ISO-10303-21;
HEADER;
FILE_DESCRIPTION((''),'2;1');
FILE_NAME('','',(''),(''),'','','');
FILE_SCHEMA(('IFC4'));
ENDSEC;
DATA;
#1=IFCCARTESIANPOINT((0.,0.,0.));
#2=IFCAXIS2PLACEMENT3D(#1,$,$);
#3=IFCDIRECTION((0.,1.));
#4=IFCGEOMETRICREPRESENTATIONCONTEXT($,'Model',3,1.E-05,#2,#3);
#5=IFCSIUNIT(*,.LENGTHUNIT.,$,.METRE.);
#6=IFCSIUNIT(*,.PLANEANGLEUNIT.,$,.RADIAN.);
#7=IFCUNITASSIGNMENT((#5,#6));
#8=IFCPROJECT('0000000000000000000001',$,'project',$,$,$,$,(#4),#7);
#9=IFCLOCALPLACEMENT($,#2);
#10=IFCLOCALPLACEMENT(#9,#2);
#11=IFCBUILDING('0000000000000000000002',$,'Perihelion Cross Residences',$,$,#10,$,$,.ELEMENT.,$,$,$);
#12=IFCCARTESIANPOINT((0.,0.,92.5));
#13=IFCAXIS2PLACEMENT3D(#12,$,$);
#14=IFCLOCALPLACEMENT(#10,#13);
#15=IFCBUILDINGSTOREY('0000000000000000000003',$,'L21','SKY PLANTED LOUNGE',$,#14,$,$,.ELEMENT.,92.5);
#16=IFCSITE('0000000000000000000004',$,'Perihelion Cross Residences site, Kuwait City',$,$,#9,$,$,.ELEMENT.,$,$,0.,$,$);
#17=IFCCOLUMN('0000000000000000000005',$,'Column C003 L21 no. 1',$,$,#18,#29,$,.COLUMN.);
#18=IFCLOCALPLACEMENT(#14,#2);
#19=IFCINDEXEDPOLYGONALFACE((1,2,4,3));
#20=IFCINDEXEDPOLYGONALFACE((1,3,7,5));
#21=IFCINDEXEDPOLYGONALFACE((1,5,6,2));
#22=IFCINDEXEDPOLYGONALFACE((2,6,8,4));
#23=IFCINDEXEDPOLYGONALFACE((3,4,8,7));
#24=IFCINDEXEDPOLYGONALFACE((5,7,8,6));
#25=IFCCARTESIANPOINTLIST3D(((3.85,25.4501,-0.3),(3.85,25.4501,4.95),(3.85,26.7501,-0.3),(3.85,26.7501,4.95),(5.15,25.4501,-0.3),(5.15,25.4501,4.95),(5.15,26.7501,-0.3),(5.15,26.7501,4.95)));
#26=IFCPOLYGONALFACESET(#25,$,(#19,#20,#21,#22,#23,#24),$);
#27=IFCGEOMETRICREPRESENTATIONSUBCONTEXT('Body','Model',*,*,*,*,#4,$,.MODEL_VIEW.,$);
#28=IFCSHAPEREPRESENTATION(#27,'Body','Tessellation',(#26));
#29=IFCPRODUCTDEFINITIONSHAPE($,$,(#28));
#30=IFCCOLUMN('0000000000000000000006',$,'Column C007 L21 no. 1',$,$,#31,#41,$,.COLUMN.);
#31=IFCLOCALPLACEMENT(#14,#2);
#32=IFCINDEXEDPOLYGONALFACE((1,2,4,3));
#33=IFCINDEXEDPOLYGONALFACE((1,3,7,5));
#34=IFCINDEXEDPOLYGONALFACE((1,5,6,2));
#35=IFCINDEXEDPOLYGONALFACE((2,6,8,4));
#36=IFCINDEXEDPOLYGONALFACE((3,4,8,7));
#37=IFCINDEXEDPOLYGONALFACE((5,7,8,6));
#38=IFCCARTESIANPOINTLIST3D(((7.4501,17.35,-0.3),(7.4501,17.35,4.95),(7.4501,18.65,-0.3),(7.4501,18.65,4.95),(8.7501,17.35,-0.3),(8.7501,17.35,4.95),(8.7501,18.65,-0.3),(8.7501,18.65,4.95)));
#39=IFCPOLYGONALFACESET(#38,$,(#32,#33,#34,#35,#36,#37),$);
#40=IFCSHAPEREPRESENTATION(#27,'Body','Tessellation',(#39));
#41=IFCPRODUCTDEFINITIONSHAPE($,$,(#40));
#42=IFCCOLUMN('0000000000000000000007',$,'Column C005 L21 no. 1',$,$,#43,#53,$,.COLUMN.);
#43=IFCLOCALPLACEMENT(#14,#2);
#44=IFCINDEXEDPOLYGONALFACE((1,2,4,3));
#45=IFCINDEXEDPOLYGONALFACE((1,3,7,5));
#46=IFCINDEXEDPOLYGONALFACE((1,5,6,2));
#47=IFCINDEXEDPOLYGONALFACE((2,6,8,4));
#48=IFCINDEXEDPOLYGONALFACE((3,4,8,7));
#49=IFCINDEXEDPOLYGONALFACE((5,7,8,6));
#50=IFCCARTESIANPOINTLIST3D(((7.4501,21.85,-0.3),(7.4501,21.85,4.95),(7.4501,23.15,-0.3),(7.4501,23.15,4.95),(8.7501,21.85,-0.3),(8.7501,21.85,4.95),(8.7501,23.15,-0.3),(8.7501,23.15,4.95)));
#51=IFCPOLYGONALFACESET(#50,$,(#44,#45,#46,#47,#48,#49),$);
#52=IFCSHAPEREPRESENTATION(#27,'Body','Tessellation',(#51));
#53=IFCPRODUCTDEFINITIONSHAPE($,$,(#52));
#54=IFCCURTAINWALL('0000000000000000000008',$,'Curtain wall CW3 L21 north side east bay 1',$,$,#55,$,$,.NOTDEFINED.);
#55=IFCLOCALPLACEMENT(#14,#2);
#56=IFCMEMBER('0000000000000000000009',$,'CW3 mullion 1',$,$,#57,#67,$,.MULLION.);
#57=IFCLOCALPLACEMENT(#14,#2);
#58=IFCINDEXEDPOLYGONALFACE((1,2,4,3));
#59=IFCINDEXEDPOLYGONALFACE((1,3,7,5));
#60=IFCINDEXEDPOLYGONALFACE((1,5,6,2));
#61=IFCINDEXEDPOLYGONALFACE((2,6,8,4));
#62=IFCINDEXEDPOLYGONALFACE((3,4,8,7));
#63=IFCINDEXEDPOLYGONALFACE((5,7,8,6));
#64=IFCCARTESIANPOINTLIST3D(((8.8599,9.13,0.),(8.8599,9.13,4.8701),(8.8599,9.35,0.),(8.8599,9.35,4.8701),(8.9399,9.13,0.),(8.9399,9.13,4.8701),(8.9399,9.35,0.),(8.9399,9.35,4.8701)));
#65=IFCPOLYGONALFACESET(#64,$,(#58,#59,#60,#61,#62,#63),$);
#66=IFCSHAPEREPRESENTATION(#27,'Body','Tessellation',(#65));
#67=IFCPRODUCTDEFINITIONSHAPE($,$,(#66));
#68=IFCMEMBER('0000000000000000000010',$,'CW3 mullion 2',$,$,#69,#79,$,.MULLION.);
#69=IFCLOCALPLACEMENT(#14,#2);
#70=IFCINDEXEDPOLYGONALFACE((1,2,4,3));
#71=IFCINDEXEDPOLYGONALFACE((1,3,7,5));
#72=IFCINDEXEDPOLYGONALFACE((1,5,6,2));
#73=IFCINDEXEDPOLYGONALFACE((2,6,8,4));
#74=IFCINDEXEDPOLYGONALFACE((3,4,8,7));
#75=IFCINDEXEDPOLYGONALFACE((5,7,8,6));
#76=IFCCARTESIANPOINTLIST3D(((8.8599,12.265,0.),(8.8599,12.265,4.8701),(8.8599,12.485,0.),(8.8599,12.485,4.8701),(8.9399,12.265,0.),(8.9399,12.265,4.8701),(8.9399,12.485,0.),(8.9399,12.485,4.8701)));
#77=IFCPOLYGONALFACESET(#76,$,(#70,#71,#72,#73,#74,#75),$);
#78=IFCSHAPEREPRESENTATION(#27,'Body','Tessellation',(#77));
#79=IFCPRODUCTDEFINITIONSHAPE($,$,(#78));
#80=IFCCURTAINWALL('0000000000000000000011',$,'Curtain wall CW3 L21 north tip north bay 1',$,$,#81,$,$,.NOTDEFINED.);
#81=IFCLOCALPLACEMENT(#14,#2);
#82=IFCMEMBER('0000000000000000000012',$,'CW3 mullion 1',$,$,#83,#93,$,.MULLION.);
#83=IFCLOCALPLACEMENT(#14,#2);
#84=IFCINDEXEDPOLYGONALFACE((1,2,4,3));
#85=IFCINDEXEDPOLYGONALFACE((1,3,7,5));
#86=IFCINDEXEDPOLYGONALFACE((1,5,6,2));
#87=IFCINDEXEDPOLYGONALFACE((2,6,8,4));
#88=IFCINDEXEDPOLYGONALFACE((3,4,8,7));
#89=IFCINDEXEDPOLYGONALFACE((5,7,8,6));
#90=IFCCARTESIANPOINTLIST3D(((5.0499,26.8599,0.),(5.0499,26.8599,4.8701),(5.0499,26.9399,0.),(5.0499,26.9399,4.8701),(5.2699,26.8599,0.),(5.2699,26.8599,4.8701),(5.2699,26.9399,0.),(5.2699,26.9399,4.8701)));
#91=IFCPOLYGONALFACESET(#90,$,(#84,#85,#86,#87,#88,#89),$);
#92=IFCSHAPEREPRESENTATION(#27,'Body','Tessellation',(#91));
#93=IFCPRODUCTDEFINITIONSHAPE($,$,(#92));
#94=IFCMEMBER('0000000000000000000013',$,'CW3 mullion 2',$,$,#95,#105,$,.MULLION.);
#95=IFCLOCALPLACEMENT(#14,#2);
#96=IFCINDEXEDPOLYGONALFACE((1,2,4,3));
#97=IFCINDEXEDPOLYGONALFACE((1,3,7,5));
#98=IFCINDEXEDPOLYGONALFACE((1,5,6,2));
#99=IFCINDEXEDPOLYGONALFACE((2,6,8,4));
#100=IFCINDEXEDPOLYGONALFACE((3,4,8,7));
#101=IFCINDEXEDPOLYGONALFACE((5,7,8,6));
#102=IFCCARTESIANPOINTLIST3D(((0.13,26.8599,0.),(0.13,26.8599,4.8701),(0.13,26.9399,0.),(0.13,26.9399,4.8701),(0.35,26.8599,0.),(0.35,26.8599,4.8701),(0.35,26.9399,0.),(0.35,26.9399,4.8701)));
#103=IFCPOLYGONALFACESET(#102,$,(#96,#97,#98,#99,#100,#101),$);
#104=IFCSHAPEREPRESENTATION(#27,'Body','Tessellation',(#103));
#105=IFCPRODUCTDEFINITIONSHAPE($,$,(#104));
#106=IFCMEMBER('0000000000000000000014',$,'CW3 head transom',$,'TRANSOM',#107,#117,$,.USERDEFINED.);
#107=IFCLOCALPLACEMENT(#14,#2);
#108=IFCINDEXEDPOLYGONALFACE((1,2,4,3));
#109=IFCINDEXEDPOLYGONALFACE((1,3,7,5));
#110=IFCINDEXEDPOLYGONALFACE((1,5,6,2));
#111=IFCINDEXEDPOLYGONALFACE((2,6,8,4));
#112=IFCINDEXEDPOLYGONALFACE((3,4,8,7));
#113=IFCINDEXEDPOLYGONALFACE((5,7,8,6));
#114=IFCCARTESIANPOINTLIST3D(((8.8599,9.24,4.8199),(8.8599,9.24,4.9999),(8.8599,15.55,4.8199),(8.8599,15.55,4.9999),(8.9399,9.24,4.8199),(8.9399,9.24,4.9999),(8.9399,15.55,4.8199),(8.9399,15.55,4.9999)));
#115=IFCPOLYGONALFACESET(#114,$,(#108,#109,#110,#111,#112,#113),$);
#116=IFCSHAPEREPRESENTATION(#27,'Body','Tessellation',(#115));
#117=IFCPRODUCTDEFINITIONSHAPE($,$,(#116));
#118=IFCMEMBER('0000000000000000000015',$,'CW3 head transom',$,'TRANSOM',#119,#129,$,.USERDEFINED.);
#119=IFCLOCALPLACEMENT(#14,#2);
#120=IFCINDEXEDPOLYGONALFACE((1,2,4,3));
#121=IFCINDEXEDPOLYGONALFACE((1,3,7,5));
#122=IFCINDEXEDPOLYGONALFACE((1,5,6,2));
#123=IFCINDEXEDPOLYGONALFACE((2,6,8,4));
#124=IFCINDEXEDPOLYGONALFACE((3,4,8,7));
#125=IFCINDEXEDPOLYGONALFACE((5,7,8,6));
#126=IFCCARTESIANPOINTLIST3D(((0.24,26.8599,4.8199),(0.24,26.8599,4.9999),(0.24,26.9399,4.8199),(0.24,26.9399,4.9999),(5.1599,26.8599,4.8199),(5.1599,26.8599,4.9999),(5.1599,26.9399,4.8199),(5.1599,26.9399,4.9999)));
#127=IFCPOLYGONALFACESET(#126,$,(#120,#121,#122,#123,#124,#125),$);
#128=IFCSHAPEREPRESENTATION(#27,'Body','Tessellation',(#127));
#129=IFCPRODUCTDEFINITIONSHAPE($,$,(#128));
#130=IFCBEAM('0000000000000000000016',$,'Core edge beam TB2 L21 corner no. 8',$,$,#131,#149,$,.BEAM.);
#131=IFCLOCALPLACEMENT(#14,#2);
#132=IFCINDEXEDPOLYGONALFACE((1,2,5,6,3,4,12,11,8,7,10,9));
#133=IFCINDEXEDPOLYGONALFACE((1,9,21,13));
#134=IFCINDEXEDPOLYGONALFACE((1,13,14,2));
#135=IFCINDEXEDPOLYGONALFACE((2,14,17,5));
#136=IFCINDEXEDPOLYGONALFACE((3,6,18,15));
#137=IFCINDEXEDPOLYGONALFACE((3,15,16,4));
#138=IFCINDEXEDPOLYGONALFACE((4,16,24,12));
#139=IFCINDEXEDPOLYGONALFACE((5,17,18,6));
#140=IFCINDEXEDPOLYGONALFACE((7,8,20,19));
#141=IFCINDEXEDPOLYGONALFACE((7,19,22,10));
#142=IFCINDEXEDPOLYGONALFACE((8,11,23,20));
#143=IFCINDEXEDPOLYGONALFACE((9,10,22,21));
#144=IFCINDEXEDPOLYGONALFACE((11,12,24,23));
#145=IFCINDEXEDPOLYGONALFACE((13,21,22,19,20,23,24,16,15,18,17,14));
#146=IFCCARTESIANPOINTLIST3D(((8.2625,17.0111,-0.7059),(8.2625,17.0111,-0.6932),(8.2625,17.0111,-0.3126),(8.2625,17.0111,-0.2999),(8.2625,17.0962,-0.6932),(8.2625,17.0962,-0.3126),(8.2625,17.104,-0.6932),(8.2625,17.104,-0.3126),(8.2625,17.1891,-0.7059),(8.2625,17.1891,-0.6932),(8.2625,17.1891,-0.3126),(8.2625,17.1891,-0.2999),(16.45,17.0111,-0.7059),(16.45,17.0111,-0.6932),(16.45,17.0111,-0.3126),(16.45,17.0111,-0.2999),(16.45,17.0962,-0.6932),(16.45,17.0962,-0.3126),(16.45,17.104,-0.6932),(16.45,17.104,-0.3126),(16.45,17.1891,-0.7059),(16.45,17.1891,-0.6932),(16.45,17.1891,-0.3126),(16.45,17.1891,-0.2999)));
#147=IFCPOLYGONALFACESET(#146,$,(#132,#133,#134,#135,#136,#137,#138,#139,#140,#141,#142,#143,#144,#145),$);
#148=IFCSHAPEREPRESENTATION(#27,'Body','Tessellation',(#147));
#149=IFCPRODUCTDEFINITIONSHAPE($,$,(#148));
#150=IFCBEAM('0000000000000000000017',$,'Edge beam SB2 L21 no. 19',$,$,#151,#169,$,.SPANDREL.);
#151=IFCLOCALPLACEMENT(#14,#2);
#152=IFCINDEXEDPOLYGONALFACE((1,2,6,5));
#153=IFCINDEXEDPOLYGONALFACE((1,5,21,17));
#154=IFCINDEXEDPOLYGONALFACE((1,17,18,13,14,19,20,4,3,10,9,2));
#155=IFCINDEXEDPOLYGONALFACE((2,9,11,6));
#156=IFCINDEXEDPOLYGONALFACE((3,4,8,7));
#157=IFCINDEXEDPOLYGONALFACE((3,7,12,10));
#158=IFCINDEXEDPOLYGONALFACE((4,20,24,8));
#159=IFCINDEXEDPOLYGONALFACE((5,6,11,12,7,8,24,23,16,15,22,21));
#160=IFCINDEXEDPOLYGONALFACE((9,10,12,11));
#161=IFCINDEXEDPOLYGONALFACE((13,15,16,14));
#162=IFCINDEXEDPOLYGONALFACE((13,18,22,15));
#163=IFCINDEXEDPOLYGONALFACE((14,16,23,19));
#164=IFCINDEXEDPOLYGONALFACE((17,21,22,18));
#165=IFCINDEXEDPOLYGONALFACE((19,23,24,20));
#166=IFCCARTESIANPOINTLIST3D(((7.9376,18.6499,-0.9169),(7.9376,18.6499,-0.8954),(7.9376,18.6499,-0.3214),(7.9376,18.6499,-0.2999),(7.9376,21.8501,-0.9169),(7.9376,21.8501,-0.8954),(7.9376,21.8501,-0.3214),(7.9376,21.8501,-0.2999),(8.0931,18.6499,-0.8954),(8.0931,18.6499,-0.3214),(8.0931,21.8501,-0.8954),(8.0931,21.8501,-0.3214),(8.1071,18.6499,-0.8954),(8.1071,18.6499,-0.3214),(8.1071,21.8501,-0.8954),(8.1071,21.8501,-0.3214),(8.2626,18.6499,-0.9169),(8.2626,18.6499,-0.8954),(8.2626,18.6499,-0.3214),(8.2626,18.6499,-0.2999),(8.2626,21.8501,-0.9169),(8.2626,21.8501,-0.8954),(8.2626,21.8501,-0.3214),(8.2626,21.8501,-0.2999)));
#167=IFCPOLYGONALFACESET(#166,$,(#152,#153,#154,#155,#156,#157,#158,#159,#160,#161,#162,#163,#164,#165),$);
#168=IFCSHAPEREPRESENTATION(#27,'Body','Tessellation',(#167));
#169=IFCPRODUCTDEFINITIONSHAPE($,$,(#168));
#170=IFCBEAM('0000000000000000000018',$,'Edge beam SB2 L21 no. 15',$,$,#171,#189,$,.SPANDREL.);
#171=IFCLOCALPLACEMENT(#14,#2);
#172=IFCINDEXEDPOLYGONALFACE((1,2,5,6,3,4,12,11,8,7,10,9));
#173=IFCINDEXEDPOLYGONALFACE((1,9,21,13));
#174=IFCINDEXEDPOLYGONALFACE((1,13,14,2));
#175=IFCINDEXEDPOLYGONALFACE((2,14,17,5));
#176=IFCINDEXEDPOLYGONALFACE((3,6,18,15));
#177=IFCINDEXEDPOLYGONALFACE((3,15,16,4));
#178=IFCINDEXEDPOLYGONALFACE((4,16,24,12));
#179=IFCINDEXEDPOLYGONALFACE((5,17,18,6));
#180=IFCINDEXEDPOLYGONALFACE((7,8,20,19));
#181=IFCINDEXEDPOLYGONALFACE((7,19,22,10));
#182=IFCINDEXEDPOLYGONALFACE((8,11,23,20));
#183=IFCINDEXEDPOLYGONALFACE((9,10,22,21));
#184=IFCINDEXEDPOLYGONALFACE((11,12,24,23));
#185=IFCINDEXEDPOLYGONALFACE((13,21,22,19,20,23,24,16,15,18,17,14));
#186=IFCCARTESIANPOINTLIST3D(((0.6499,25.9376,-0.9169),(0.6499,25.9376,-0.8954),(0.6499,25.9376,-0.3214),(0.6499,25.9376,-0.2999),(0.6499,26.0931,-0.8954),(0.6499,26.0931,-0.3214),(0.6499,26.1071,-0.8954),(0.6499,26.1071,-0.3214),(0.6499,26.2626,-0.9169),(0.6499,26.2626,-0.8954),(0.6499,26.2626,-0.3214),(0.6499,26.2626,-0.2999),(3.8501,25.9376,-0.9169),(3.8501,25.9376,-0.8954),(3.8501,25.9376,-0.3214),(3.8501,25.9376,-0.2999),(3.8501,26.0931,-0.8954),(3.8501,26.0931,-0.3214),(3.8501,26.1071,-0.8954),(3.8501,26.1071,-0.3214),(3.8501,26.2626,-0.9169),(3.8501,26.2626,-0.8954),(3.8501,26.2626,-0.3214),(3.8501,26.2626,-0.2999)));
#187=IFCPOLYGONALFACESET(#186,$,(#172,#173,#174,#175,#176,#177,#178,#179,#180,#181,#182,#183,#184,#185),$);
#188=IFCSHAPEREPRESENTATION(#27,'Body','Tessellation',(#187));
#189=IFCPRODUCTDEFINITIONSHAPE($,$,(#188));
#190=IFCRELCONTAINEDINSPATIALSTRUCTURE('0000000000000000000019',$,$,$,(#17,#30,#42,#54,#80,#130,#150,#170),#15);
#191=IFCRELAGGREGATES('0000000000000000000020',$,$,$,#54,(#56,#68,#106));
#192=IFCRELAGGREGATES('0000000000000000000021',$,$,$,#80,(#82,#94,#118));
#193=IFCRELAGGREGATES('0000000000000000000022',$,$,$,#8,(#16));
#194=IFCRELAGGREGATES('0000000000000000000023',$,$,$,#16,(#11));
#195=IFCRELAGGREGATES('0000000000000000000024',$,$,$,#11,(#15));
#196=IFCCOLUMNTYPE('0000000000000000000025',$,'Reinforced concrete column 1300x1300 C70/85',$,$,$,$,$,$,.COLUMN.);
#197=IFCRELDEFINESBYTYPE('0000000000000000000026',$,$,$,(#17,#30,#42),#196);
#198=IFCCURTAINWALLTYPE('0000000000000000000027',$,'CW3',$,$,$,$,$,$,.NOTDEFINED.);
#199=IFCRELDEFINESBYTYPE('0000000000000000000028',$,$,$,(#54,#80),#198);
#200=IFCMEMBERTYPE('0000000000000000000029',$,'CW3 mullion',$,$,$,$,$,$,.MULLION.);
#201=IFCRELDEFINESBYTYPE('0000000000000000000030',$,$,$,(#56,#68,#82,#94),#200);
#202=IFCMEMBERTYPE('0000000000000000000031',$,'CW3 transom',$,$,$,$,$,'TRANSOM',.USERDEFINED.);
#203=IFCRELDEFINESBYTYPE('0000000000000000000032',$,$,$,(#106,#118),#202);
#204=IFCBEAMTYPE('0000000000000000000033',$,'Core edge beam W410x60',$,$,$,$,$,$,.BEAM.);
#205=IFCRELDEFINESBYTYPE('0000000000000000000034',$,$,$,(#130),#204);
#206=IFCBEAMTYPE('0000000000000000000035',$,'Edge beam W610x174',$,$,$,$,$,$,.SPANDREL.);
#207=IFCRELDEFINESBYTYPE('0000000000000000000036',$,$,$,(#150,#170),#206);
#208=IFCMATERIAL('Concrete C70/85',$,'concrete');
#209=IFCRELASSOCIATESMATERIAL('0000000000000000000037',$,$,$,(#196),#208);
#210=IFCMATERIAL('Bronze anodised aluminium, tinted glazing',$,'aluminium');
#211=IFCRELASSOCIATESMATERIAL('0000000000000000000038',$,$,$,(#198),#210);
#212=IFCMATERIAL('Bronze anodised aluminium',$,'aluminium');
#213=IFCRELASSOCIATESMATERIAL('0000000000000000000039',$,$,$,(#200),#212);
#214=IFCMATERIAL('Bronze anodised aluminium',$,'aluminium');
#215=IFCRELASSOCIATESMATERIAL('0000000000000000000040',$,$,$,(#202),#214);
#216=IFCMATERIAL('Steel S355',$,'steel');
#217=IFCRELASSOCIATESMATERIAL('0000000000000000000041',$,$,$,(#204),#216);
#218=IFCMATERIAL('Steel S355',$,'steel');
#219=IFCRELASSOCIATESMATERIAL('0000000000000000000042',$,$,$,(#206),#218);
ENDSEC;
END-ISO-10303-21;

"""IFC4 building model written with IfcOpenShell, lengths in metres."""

from ifc_helpers import new_model, si_unit, direction, frame, origin, origin_2d, place, context, subcontext, project, spatial, rectangle, i_section, extrude, material, material_profile, profile_set, type_object, element, aggregate, save


model = new_model("IFC4")

# Units and contexts
model_context = context("Model", 3, precision=1e-05, world=origin(), true_north=direction((0.0, 1.0)))
body_context = subcontext(model_context, "Body", "Model", "MODEL_VIEW")
ifc_project = project(units=[si_unit("LENGTHUNIT", "METRE"), si_unit("PLANEANGLEUNIT", "RADIAN")], contexts=[model_context])

# Site, building, storey
site_placement = place(None, origin())
site = spatial("IfcSite", under=ifc_project, at=site_placement, Name="Perihelion Cross Residences site, Kuwait City", CompositionType="ELEMENT", RefElevation=0.0)
building_placement = place(site_placement, origin())
building = spatial("IfcBuilding", under=site, at=building_placement, Name="Perihelion Cross Residences", CompositionType="ELEMENT")
storey_placement = place(building_placement, frame((0.0, 0.0, 92.5)))
storey = spatial("IfcBuildingStorey", under=building, at=storey_placement, Name="L21", Description="SKY PLANTED LOUNGE", CompositionType="ELEMENT", Elevation=92.5)

# Columns
ifc_material_1 = material(Name="Concrete C70/85", Category="concrete")
ifc_material_profile_1 = material_profile(ifc_material_1, rectangle(XDim=1.3, YDim=1.3, at=origin_2d()), Name="RC 1300x1300")
ifc_profile_set_1 = profile_set([ifc_material_profile_1], Name="Concrete C70/85")
column_type = type_object("IfcColumnType", Name="Reinforced concrete column 1300x1300 C70/85", PredefinedType="COLUMN", material=ifc_profile_set_1)
for number, where, z_axis, x_axis, name in (
    (1, (4.5, 26.1001, -0.3), (0.0, 0.0, 1.0), (1.0, 0.0, 0.0), "Column C003 L21 no. 1"),
    (2, (8.1001, 18.0, -0.3), (0.0, 0.0, 1.0), (1.0, 0.0, 0.0), "Column C007 L21 no. 1"),
    (3, (8.1001, 22.5, -0.3), (0.0, 0.0, 1.0), (1.0, 0.0, 0.0), "Column C005 L21 no. 1"),
):
    element("IfcColumn", number, at=place(storey_placement, frame(where, z_axis=z_axis, x_axis=x_axis)), inside=storey, type_object=column_type, Name=name, PredefinedType="COLUMN", context=body_context, shape_type="SweptSolid", body=[
        extrude(rectangle(XDim=1.3, YDim=1.3, at=origin_2d()), origin(), (0.0, 0.0, 1.0), 5.25),
    ])

# Curtain walls, members
ifc_material_2 = material(Name="Bronze anodised aluminium, tinted glazing", Category="aluminium")
curtain_wall_type = type_object("IfcCurtainWallType", Name="CW3", PredefinedType="NOTDEFINED", material=ifc_material_2)
curtain_wall_1_placement = place(storey_placement, origin())
curtain_wall_1 = element("IfcCurtainWall", 4, at=curtain_wall_1_placement, inside=storey, type_object=curtain_wall_type, Name="Curtain wall CW3 L21 north side east bay 1", PredefinedType="NOTDEFINED")
ifc_material_3 = material(Name="Bronze anodised aluminium", Category="aluminium")
ifc_material_profile_2 = material_profile(ifc_material_3, rectangle(XDim=0.0801, YDim=0.22, at=origin_2d()), Name="CW3 mullion")
ifc_profile_set_2 = profile_set([ifc_material_profile_2], Name="Bronze anodised aluminium")
member_type_1 = type_object("IfcMemberType", Name="CW3 mullion", PredefinedType="MULLION", material=ifc_profile_set_2)
member_1_placement = place(storey_placement, frame((8.8999, 9.24, 0.0), z_axis=(0.0, 0.0, 1.0), x_axis=(-1.0, 0.0, 0.0)))
member_1 = element("IfcMember", 5, at=member_1_placement, type_object=member_type_1, Name="CW3 mullion 1", PredefinedType="MULLION", context=body_context, shape_type="SweptSolid", body=[
    extrude(rectangle(XDim=0.0801, YDim=0.22, at=origin_2d()), origin(), (0.0, 0.0, 1.0), 4.8701),
])
member_2_placement = place(storey_placement, frame((8.8999, 12.375, 0.0), z_axis=(0.0, 0.0, 1.0), x_axis=(-1.0, 0.0, 0.0)))
member_2 = element("IfcMember", 6, at=member_2_placement, type_object=member_type_1, Name="CW3 mullion 2", PredefinedType="MULLION", context=body_context, shape_type="SweptSolid", body=[
    extrude(rectangle(XDim=0.0801, YDim=0.22, at=origin_2d()), origin(), (0.0, 0.0, 1.0), 4.8701),
])
curtain_wall_2_placement = place(storey_placement, origin())
curtain_wall_2 = element("IfcCurtainWall", 7, at=curtain_wall_2_placement, inside=storey, type_object=curtain_wall_type, Name="Curtain wall CW3 L21 north tip north bay 1", PredefinedType="NOTDEFINED")
member_3_placement = place(storey_placement, frame((5.1599, 26.8999, 0.0), z_axis=(0.0, 0.0, 1.0), x_axis=(0.0, -1.0, 0.0)))
member_3 = element("IfcMember", 8, at=member_3_placement, type_object=member_type_1, Name="CW3 mullion 1", PredefinedType="MULLION", context=body_context, shape_type="SweptSolid", body=[
    extrude(rectangle(XDim=0.0801, YDim=0.22, at=origin_2d()), origin(), (0.0, 0.0, 1.0), 4.8701),
])
member_4_placement = place(storey_placement, frame((0.24, 26.8999, 0.0), z_axis=(0.0, 0.0, 1.0), x_axis=(0.0, -1.0, 0.0)))
member_4 = element("IfcMember", 9, at=member_4_placement, type_object=member_type_1, Name="CW3 mullion 2", PredefinedType="MULLION", context=body_context, shape_type="SweptSolid", body=[
    extrude(rectangle(XDim=0.0801, YDim=0.22, at=origin_2d()), origin(), (0.0, 0.0, 1.0), 4.8701),
])

# Members
ifc_material_4 = material(Name="Bronze anodised aluminium", Category="aluminium")
ifc_material_profile_3 = material_profile(ifc_material_4, rectangle(XDim=0.0801, YDim=0.1799, at=origin_2d()), Name="CW3 transom")
ifc_profile_set_3 = profile_set([ifc_material_profile_3], Name="Bronze anodised aluminium")
member_type_2 = type_object("IfcMemberType", Name="CW3 transom", ElementType="TRANSOM", PredefinedType="USERDEFINED", material=ifc_profile_set_3)
member_5_placement = place(storey_placement, frame((8.8999, 9.24, 4.9099), z_axis=(0.0, 1.0, 0.0), x_axis=(-1.0, 0.0, 0.0)))
member_5 = element("IfcMember", 10, at=member_5_placement, type_object=member_type_2, Name="CW3 head transom", ObjectType="TRANSOM", PredefinedType="USERDEFINED", context=body_context, shape_type="SweptSolid", body=[
    extrude(rectangle(XDim=0.0801, YDim=0.1799, at=origin_2d()), origin(), (0.0, 0.0, 1.0), 6.3101),
])
member_6_placement = place(storey_placement, frame((5.1599, 26.8999, 4.9099), z_axis=(-1.0, 0.0, 0.0), x_axis=(0.0, -1.0, 0.0)))
member_6 = element("IfcMember", 11, at=member_6_placement, type_object=member_type_2, Name="CW3 head transom", ObjectType="TRANSOM", PredefinedType="USERDEFINED", context=body_context, shape_type="SweptSolid", body=[
    extrude(rectangle(XDim=0.0801, YDim=0.1799, at=origin_2d()), origin(), (0.0, 0.0, 1.0), 4.9199),
])

# Beams
ifc_material_5 = material(Name="Steel S355", Category="steel")
ifc_material_profile_4 = material_profile(ifc_material_5, i_section(OverallWidth=0.178, OverallDepth=0.406, WebThickness=0.0078, FlangeThickness=0.0127, at=origin_2d()), Name="W410x60")
ifc_profile_set_4 = profile_set([ifc_material_profile_4], Name="Steel S355")
beam_type_1 = type_object("IfcBeamType", Name="Core edge beam W410x60", PredefinedType="BEAM", material=ifc_profile_set_4)
beam_1_placement = place(storey_placement, frame((8.2625, 17.1001, -0.5029), z_axis=(1.0, 0.0, 0.0), x_axis=(0.0, 1.0, 0.0)))
element("IfcBeam", 12, at=beam_1_placement, inside=storey, type_object=beam_type_1, Name="Core edge beam TB2 L21 corner no. 8", PredefinedType="BEAM", context=body_context, shape_type="SweptSolid", body=[
    extrude(i_section(OverallWidth=0.178, OverallDepth=0.406, WebThickness=0.0078, FlangeThickness=0.0127, at=origin_2d()), origin(), (0.0, 0.0, 1.0), 8.1875),
])
ifc_material_6 = material(Name="Steel S355", Category="steel")
ifc_material_profile_5 = material_profile(ifc_material_6, i_section(OverallWidth=0.325, OverallDepth=0.6169, WebThickness=0.0139, FlangeThickness=0.0215, at=origin_2d()), Name="W610x174")
ifc_profile_set_5 = profile_set([ifc_material_profile_5], Name="Steel S355")
beam_type_2 = type_object("IfcBeamType", Name="Edge beam W610x174", PredefinedType="SPANDREL", material=ifc_profile_set_5)
for number, where, z_axis, x_axis, name in (
    (13, (8.1001, 18.6499, -0.6084), (0.0, 1.0, 0.0), (-1.0, 0.0, 0.0), "Edge beam SB2 L21 no. 19"),
    (14, (3.8501, 26.1001, -0.6084), (-1.0, 0.0, 0.0), (0.0, -1.0, 0.0), "Edge beam SB2 L21 no. 15"),
):
    element("IfcBeam", number, at=place(storey_placement, frame(where, z_axis=z_axis, x_axis=x_axis)), inside=storey, type_object=beam_type_2, Name=name, PredefinedType="SPANDREL", context=body_context, shape_type="SweptSolid", body=[
        extrude(i_section(OverallWidth=0.325, OverallDepth=0.6169, WebThickness=0.0139, FlangeThickness=0.0215, at=origin_2d()), origin(), (0.0, 0.0, 1.0), 3.2002),
    ])

aggregate(curtain_wall_1, [member_1, member_2, member_5])
aggregate(curtain_wall_2, [member_3, member_4, member_6])

save(model, "model.ifc")
